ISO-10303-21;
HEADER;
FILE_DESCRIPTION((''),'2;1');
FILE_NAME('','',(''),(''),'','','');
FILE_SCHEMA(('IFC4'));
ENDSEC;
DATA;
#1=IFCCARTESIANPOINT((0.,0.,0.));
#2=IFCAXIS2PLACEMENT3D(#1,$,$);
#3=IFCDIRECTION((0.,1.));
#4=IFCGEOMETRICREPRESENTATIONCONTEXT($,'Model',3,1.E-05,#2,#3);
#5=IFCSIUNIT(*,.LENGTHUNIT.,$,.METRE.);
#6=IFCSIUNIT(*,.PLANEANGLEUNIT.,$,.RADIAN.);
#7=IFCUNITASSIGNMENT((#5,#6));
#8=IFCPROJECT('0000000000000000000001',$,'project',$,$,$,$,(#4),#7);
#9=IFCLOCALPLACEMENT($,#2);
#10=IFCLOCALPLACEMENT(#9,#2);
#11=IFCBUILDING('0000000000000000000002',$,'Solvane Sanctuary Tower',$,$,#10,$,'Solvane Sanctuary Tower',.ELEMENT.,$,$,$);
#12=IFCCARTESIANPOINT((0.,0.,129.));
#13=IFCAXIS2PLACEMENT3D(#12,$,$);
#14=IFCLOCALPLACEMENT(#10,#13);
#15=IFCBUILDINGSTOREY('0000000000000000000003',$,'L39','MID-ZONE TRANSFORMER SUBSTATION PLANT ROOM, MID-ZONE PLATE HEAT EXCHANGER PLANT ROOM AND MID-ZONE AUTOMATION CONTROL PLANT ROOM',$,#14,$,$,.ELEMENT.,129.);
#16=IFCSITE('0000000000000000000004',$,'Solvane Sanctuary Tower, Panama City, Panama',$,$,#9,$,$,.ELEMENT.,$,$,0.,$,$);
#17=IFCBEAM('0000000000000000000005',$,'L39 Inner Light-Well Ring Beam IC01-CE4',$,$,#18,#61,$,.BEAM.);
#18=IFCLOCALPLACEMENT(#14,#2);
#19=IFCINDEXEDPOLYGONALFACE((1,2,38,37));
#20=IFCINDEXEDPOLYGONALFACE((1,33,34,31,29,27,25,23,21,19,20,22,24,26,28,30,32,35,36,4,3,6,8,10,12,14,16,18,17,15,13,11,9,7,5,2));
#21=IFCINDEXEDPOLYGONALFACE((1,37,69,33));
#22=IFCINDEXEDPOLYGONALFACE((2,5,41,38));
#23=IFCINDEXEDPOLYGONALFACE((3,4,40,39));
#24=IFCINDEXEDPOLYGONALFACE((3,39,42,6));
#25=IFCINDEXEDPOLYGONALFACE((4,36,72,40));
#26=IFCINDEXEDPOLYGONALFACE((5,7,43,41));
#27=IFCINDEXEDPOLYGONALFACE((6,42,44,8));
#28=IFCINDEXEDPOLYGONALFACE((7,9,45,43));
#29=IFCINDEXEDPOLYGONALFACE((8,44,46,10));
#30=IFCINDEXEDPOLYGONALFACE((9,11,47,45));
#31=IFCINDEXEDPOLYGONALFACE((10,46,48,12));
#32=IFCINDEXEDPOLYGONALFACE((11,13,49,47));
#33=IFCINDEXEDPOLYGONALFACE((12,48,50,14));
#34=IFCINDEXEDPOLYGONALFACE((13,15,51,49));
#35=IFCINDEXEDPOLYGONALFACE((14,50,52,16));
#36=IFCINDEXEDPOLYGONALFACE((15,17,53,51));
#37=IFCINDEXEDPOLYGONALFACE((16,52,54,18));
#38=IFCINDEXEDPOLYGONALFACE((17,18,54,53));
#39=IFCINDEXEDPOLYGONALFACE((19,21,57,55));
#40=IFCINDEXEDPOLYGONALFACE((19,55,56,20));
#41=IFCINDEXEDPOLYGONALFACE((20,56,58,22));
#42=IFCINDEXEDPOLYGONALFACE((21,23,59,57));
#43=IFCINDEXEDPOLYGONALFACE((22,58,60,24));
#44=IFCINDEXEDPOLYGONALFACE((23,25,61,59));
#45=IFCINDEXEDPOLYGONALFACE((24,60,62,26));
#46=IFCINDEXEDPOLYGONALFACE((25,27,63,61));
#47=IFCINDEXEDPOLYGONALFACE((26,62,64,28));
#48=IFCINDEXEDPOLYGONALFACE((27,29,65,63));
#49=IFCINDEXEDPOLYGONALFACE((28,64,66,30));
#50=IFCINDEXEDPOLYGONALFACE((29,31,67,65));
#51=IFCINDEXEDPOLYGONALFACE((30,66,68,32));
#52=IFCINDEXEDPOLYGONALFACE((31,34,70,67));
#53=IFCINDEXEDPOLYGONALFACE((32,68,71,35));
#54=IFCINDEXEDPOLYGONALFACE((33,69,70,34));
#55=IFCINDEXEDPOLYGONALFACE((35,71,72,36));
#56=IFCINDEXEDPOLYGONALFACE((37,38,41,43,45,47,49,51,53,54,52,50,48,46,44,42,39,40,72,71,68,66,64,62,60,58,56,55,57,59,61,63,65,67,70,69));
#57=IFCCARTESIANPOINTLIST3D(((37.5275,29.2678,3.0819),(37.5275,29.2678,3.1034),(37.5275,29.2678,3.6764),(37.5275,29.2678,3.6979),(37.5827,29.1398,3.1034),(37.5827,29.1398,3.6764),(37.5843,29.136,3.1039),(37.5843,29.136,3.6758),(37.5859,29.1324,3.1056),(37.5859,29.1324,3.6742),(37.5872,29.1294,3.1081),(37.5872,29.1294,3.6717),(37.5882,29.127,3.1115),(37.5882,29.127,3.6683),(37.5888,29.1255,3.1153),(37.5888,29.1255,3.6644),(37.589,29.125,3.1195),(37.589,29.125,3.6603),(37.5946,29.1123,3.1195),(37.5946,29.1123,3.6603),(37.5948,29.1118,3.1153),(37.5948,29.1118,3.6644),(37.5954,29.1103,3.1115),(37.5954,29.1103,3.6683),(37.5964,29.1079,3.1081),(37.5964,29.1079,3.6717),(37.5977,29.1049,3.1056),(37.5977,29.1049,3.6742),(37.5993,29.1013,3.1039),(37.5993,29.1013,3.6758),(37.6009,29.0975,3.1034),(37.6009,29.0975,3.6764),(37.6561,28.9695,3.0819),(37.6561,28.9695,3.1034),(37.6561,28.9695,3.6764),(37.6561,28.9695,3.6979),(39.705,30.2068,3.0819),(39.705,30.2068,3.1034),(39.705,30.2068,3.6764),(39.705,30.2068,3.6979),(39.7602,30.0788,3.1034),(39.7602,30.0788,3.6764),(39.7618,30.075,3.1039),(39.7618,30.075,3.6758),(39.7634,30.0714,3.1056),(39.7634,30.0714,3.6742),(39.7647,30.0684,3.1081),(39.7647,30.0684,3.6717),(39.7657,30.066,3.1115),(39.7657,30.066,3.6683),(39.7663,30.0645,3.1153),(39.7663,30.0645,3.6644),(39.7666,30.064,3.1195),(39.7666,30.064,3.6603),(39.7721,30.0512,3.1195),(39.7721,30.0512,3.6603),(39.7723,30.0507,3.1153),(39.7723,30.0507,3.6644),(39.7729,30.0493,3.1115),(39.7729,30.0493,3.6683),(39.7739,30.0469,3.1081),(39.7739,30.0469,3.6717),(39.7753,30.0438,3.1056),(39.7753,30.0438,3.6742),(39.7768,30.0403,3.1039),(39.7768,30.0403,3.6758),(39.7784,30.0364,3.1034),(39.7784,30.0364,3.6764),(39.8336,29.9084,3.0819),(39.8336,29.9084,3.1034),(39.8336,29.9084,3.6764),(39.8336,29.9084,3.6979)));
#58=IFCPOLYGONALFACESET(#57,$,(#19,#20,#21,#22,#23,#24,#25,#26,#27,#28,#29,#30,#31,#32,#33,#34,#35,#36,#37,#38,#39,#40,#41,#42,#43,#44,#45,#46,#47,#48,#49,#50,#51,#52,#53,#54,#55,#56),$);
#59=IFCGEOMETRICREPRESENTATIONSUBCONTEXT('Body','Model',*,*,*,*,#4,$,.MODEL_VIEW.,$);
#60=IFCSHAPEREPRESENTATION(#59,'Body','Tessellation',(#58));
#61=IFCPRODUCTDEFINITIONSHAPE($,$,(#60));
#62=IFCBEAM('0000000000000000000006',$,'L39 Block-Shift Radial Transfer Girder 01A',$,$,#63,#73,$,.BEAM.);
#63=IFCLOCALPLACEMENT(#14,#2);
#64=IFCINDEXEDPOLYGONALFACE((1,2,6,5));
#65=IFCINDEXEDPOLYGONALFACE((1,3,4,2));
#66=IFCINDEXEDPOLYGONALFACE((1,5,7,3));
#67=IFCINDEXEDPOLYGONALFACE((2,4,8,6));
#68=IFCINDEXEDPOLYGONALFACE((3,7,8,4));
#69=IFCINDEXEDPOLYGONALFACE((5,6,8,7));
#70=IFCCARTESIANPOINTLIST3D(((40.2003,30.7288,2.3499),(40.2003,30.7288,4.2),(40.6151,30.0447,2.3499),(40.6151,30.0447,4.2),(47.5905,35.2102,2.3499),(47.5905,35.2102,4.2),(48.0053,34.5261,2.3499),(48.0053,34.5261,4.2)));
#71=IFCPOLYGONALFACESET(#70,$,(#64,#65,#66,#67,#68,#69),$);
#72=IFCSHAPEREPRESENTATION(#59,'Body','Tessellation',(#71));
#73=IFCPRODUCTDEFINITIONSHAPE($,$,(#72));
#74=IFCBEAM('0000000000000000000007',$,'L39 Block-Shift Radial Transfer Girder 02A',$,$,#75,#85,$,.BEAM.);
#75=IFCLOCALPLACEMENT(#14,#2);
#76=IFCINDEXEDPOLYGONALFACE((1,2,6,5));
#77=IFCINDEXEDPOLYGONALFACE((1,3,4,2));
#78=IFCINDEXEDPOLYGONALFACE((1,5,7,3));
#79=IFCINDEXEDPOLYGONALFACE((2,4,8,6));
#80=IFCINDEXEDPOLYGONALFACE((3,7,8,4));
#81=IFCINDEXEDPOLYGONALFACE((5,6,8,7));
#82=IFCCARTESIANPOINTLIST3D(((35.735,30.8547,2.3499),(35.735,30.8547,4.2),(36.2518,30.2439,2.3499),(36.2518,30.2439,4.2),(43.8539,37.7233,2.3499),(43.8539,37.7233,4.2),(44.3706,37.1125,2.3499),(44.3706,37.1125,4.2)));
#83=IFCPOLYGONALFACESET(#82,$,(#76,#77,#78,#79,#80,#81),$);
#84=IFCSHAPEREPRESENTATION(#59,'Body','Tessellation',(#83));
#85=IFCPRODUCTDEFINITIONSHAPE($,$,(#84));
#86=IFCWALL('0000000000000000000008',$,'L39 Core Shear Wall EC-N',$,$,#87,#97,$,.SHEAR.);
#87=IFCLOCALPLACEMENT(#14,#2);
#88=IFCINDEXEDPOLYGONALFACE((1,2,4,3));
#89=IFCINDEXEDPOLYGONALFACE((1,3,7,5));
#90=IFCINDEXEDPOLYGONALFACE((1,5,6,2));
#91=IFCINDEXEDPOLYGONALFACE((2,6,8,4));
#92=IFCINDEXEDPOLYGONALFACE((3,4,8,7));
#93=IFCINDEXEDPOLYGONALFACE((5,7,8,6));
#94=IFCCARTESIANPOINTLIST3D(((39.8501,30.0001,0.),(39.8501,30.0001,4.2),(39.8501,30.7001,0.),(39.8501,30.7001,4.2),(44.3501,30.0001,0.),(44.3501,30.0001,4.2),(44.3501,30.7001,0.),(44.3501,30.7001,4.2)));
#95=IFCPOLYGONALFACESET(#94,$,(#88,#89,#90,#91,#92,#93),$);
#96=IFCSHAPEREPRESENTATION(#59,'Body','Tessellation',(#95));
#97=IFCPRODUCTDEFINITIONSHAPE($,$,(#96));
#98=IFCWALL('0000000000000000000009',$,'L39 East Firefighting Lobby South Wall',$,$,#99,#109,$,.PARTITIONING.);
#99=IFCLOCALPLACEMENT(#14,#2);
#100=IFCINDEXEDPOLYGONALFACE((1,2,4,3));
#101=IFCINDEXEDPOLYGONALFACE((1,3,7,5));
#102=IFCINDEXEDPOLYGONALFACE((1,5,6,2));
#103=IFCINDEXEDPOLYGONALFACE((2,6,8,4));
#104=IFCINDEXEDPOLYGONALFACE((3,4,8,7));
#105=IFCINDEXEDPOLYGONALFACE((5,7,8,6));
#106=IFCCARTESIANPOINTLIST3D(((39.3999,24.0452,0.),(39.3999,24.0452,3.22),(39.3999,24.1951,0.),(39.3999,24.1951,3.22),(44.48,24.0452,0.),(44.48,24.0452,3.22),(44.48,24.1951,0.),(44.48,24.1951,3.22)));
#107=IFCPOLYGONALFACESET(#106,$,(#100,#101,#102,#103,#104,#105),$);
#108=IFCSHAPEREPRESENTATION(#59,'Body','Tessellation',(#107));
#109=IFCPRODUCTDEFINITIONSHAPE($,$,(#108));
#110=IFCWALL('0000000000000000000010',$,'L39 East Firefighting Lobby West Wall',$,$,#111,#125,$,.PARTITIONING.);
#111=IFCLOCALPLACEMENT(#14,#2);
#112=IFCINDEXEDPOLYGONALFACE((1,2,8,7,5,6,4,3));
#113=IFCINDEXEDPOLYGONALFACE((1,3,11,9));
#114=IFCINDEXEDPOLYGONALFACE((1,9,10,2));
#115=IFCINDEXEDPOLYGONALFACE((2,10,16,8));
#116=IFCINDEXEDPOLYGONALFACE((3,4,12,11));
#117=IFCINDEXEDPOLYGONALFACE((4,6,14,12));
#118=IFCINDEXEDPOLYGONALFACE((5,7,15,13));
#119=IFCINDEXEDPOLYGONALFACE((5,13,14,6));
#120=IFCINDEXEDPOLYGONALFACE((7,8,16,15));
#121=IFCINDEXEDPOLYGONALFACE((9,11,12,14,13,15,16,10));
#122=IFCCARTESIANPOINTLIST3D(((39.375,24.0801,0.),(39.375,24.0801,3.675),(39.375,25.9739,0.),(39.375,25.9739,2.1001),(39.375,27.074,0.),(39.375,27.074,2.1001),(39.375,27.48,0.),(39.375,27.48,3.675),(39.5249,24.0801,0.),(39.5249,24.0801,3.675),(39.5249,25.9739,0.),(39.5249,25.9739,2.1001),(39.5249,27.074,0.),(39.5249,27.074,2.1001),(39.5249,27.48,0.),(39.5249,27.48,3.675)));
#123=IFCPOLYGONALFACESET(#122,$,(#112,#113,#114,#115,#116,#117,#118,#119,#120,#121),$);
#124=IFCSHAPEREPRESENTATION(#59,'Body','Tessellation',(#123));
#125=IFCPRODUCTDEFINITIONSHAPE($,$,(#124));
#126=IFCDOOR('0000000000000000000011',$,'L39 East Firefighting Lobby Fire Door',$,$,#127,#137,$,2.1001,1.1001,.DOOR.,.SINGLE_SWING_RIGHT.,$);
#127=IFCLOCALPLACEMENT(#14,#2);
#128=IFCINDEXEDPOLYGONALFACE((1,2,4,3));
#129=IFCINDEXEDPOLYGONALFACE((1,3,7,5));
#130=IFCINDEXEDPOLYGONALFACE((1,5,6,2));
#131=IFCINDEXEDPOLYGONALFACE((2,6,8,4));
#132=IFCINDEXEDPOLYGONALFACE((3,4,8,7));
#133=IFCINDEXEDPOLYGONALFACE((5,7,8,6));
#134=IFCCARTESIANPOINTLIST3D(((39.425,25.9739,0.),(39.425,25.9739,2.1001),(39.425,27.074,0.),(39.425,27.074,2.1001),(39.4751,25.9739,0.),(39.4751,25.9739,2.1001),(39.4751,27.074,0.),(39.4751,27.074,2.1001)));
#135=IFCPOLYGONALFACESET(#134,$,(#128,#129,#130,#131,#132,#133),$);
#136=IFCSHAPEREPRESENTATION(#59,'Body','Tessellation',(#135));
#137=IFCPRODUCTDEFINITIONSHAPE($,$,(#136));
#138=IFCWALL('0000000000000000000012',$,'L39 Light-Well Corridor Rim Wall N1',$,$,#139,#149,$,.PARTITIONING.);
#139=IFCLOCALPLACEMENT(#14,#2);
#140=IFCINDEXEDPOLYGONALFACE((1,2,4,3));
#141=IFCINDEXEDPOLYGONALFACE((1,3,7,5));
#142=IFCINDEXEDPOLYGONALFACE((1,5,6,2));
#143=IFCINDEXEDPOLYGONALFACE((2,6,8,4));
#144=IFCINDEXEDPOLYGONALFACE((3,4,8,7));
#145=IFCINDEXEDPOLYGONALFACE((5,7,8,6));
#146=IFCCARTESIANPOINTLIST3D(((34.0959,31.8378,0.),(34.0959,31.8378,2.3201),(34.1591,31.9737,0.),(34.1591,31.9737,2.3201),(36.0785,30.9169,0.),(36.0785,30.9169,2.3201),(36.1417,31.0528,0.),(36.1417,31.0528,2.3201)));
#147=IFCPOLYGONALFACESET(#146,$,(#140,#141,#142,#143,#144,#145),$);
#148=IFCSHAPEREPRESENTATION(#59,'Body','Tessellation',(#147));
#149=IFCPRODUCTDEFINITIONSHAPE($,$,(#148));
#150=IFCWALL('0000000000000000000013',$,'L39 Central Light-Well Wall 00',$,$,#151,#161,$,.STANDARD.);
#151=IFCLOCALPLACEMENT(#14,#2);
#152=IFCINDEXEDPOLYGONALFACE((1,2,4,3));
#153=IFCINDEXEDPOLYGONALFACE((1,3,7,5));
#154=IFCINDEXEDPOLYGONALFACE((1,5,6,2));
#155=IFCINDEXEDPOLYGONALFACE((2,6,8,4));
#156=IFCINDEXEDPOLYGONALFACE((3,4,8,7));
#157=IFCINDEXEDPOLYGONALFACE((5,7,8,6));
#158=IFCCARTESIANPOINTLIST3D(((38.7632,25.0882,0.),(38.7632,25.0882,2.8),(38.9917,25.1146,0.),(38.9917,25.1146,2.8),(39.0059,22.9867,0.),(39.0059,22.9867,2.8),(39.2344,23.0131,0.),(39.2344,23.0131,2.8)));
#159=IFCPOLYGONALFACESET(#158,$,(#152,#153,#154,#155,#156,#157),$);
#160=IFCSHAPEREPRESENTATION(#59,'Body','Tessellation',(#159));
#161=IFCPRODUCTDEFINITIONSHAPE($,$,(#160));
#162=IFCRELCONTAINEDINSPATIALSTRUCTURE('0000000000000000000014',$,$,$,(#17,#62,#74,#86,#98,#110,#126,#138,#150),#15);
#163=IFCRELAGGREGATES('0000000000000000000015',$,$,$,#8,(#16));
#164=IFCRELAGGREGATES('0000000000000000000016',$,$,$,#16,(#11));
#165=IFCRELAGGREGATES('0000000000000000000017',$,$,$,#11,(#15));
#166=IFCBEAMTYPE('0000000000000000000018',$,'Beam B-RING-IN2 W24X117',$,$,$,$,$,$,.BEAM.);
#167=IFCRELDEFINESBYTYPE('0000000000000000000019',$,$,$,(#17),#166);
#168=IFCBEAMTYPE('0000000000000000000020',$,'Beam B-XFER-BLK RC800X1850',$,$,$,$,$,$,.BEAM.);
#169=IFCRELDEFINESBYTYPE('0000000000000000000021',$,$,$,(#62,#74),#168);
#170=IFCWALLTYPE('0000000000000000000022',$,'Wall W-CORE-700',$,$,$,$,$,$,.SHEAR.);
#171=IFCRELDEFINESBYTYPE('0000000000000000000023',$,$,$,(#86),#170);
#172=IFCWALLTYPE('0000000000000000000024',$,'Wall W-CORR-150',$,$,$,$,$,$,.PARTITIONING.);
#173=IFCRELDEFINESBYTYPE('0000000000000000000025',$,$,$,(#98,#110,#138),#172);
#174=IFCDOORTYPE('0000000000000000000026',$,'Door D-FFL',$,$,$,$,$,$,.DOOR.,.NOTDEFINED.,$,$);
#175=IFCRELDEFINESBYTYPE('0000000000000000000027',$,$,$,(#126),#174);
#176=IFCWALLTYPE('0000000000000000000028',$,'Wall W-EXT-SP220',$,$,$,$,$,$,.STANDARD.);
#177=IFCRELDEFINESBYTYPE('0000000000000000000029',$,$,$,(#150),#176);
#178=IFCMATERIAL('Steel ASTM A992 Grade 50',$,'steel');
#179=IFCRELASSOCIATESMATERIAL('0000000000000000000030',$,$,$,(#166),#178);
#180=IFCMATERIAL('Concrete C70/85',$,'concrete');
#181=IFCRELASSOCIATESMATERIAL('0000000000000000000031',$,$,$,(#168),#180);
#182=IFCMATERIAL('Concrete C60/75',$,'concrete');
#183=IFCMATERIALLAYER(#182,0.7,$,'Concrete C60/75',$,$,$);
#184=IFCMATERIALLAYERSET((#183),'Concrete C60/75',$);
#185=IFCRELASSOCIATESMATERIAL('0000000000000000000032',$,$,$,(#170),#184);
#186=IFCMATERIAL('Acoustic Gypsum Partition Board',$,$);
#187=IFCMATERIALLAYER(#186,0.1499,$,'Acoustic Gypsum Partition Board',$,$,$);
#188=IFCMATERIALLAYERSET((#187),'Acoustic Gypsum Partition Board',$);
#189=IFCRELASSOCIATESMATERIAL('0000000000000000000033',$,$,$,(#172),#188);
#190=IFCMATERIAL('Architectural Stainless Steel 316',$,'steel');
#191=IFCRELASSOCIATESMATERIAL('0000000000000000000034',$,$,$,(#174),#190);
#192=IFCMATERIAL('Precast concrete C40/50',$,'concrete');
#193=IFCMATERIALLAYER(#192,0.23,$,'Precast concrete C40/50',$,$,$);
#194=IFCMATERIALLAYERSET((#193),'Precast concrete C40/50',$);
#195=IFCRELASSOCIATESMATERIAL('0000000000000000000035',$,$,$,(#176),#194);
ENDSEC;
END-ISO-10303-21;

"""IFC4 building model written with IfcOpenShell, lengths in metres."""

from ifc_helpers import new_model, si_unit, direction, frame, frame_2d, origin, origin_2d, place, context, subcontext, project, spatial, rectangle, i_section, extrude, material, layer, layer_set, material_profile, profile_set, type_object, element, fill, save


model = new_model("IFC4")

# Units and contexts
model_context = context("Model", 3, precision=1e-05, world=origin(), true_north=direction((0.0, 1.0)))
body_context = subcontext(model_context, "Body", "Model", "MODEL_VIEW")
ifc_project = project(units=[si_unit("LENGTHUNIT", "METRE"), si_unit("PLANEANGLEUNIT", "RADIAN")], contexts=[model_context])

# Site, building, storey
site_placement = place(None, origin())
site = spatial("IfcSite", under=ifc_project, at=site_placement, Name="Solvane Sanctuary Tower, Panama City, Panama", CompositionType="ELEMENT", RefElevation=0.0)
building_placement = place(site_placement, origin())
building = spatial("IfcBuilding", under=site, at=building_placement, Name="Solvane Sanctuary Tower", LongName="Solvane Sanctuary Tower", CompositionType="ELEMENT")
storey_placement = place(building_placement, frame((0.0, 0.0, 129.0)))
storey = spatial("IfcBuildingStorey", under=building, at=storey_placement, Name="L39", Description="MID-ZONE TRANSFORMER SUBSTATION PLANT ROOM, MID-ZONE PLATE HEAT EXCHANGER PLANT ROOM AND MID-ZONE AUTOMATION CONTROL PLANT ROOM", CompositionType="ELEMENT", Elevation=129.0)

# Shared definitions
ifc_material_1 = material(Name="Concrete C70/85", Category="concrete")

# Beams
ifc_material_2 = material(Name="Steel ASTM A992 Grade 50", Category="steel")
ifc_material_profile_1 = material_profile(ifc_material_2, i_section(OverallWidth=0.325, OverallDepth=0.616, WebThickness=0.0139, FlangeThickness=0.0215, FilletRadius=0.0161, at=origin_2d()), Name="W24X117")
ifc_profile_set_1 = profile_set([ifc_material_profile_1], Name="Steel ASTM A992 Grade 50")
beam_type_1 = type_object("IfcBeamType", Name="Beam B-RING-IN2 W24X117", PredefinedType="BEAM", material=ifc_profile_set_1)
beam_1_placement = place(storey_placement, frame((37.5918, 29.1187, 3.3899), z_axis=(0.918264, 0.395969, 0.0), x_axis=(-0.395969, 0.918264, 0.0)))
element("IfcBeam", 1, at=beam_1_placement, inside=storey, type_object=beam_type_1, Name="L39 Inner Light-Well Ring Beam IC01-CE4", PredefinedType="BEAM", context=body_context, shape_type="SweptSolid", body=[
    extrude(i_section(OverallWidth=0.325, OverallDepth=0.616, WebThickness=0.0139, FlangeThickness=0.0215, FilletRadius=0.0161, at=origin_2d()), origin(), (0.0, 0.0, 1.0), 2.3713),
])
ifc_material_profile_2 = material_profile(ifc_material_1, rectangle(XDim=0.8, YDim=1.8501, at=origin_2d()), Name="RC800X1850")
ifc_profile_set_2 = profile_set([ifc_material_profile_2], Name="Concrete C70/85")
beam_type_2 = type_object("IfcBeamType", Name="Beam B-XFER-BLK RC800X1850", PredefinedType="BEAM", material=ifc_profile_set_2)
beam_2_placement = place(storey_placement, frame((40.4077, 30.3867, 3.2749), z_axis=(0.855066, 0.51852, 0.0), x_axis=(-0.51852, 0.855066, 0.0)))
element("IfcBeam", 2, at=beam_2_placement, inside=storey, type_object=beam_type_2, Name="L39 Block-Shift Radial Transfer Girder 01A", PredefinedType="BEAM", context=body_context, shape_type="SweptSolid", body=[
    extrude(rectangle(XDim=0.8, YDim=1.8501, at=origin_2d()), origin(), (0.0, 0.0, 1.0), 8.6428),
])
beam_3_placement = place(storey_placement, frame((35.9934, 30.5493, 3.2749), z_axis=(0.763441, 0.645877, 0.0), x_axis=(-0.645877, 0.763441, 0.0)))
element("IfcBeam", 3, at=beam_3_placement, inside=storey, type_object=beam_type_2, Name="L39 Block-Shift Radial Transfer Girder 02A", PredefinedType="BEAM", context=body_context, shape_type="SweptSolid", body=[
    extrude(rectangle(XDim=0.8, YDim=1.8501, at=origin_2d()), origin(), (0.0, 0.0, 1.0), 10.6345),
])

# Walls
ifc_material_3 = material(Name="Concrete C60/75", Category="concrete")
ifc_layer_1 = layer(ifc_material_3, 0.7, Name="Concrete C60/75")
ifc_layer_set_1 = layer_set([ifc_layer_1], Name="Concrete C60/75")
wall_type_1 = type_object("IfcWallType", Name="Wall W-CORE-700", PredefinedType="SHEAR", material=ifc_layer_set_1)
wall_1_placement = place(storey_placement, frame((39.8501, 30.3501, 0.0), z_axis=(0.0, 0.0, 1.0), x_axis=(1.0, 0.0, 0.0)))
element("IfcWall", 4, at=wall_1_placement, inside=storey, type_object=wall_type_1, Name="L39 Core Shear Wall EC-N", PredefinedType="SHEAR", context=body_context, shape_type="SweptSolid", body=[
    extrude(rectangle(XDim=4.5, YDim=0.7, at=frame_2d((2.25, 0.0))), origin(), (0.0, 0.0, 1.0), 4.2),
])
ifc_material_4 = material(Name="Acoustic Gypsum Partition Board")
ifc_layer_2 = layer(ifc_material_4, 0.1499, Name="Acoustic Gypsum Partition Board")
ifc_layer_set_2 = layer_set([ifc_layer_2], Name="Acoustic Gypsum Partition Board")
wall_type_2 = type_object("IfcWallType", Name="Wall W-CORR-150", PredefinedType="PARTITIONING", material=ifc_layer_set_2)
wall_2_placement = place(storey_placement, frame((39.3999, 24.1201, 0.0), z_axis=(0.0, 0.0, 1.0), x_axis=(1.0, 0.0, 0.0)))
element("IfcWall", 5, at=wall_2_placement, inside=storey, type_object=wall_type_2, Name="L39 East Firefighting Lobby South Wall", PredefinedType="PARTITIONING", context=body_context, shape_type="SweptSolid", body=[
    extrude(rectangle(XDim=5.0801, YDim=0.1499, at=frame_2d((2.54, 0.0))), origin(), (0.0, 0.0, 1.0), 3.22),
])

# Wall, opening, door
wall_3_placement = place(storey_placement, frame((39.45, 24.0801, 0.0), z_axis=(0.0, 0.0, 1.0), x_axis=(0.0, 1.0, 0.0)))
wall_3 = element("IfcWall", 6, at=wall_3_placement, inside=storey, type_object=wall_type_2, Name="L39 East Firefighting Lobby West Wall", PredefinedType="PARTITIONING", context=body_context, shape_type="SweptSolid", body=[
    extrude(rectangle(XDim=3.3999, YDim=0.1499, at=frame_2d((1.7, 0.0))), origin(), (0.0, 0.0, 1.0), 3.675),
])
opening_1_placement = place(wall_3_placement, frame((1.8938, 0.0, 0.0)))
opening_1 = element("IfcOpeningElement", 7, at=opening_1_placement, cuts=wall_3, PredefinedType="OPENING", context=body_context, shape_type="SweptSolid", body=[
    extrude(rectangle(XDim=1.1001, YDim=2.1001, at=frame_2d((0.55, 1.05))), frame((0.0, 0.085, 0.0), z_axis=(0.0, -1.0, 0.0), x_axis=(1.0, 0.0, 0.0)), (0.0, 0.0, 1.0), 0.1699),
])
ifc_material_5 = material(Name="Architectural Stainless Steel 316", Category="steel")
door_type = type_object("IfcDoorType", Name="Door D-FFL", OperationType="NOTDEFINED", PredefinedType="DOOR", material=ifc_material_5)
door_placement = place(opening_1_placement, origin())
door = element("IfcDoor", 8, at=door_placement, inside=storey, type_object=door_type, Name="L39 East Firefighting Lobby Fire Door", OperationType="SINGLE_SWING_RIGHT", OverallHeight=2.1001, OverallWidth=1.1001, PredefinedType="DOOR", context=body_context, shape_type="SweptSolid", body=[
    extrude(rectangle(XDim=1.1001, YDim=2.1001, at=frame_2d((0.55, 1.05))), frame((0.0, 0.0249, 0.0), z_axis=(0.0, -1.0, 0.0), x_axis=(1.0, 0.0, 0.0)), (0.0, 0.0, 1.0), 0.05),
])
fill(opening_1, door)

# Walls
wall_4_placement = place(storey_placement, frame((36.1101, 30.9849, 0.0), z_axis=(0.0, 0.0, 1.0), x_axis=(-0.906943, 0.421252, 0.0)))
element("IfcWall", 9, at=wall_4_placement, inside=storey, type_object=wall_type_2, Name="L39 Light-Well Corridor Rim Wall N1", PredefinedType="PARTITIONING", context=body_context, shape_type="SweptSolid", body=[
    extrude(rectangle(XDim=2.186, YDim=0.1499, at=frame_2d((1.093, 0.0))), origin(), (0.0, 0.0, 1.0), 2.3201),
])
ifc_material_6 = material(Name="Precast concrete C40/50", Category="concrete")
ifc_layer_3 = layer(ifc_material_6, 0.23, Name="Precast concrete C40/50")
ifc_layer_set_3 = layer_set([ifc_layer_3], Name="Precast concrete C40/50")
wall_type_3 = type_object("IfcWallType", Name="Wall W-EXT-SP220", PredefinedType="STANDARD", material=ifc_layer_set_3)
wall_5_placement = place(storey_placement, frame((39.1201, 23.0, 0.0), z_axis=(0.0, 0.0, 1.0), x_axis=(-0.114712, 0.993399, 0.0)))
element("IfcWall", 10, at=wall_5_placement, inside=storey, type_object=wall_type_3, Name="L39 Central Light-Well Wall 00", PredefinedType="STANDARD", context=body_context, shape_type="SweptSolid", body=[
    extrude(rectangle(XDim=2.1155, YDim=0.23, at=frame_2d((1.0576, 0.0))), origin(), (0.0, 0.0, 1.0), 2.8),
])

save(model, "model.ifc")
